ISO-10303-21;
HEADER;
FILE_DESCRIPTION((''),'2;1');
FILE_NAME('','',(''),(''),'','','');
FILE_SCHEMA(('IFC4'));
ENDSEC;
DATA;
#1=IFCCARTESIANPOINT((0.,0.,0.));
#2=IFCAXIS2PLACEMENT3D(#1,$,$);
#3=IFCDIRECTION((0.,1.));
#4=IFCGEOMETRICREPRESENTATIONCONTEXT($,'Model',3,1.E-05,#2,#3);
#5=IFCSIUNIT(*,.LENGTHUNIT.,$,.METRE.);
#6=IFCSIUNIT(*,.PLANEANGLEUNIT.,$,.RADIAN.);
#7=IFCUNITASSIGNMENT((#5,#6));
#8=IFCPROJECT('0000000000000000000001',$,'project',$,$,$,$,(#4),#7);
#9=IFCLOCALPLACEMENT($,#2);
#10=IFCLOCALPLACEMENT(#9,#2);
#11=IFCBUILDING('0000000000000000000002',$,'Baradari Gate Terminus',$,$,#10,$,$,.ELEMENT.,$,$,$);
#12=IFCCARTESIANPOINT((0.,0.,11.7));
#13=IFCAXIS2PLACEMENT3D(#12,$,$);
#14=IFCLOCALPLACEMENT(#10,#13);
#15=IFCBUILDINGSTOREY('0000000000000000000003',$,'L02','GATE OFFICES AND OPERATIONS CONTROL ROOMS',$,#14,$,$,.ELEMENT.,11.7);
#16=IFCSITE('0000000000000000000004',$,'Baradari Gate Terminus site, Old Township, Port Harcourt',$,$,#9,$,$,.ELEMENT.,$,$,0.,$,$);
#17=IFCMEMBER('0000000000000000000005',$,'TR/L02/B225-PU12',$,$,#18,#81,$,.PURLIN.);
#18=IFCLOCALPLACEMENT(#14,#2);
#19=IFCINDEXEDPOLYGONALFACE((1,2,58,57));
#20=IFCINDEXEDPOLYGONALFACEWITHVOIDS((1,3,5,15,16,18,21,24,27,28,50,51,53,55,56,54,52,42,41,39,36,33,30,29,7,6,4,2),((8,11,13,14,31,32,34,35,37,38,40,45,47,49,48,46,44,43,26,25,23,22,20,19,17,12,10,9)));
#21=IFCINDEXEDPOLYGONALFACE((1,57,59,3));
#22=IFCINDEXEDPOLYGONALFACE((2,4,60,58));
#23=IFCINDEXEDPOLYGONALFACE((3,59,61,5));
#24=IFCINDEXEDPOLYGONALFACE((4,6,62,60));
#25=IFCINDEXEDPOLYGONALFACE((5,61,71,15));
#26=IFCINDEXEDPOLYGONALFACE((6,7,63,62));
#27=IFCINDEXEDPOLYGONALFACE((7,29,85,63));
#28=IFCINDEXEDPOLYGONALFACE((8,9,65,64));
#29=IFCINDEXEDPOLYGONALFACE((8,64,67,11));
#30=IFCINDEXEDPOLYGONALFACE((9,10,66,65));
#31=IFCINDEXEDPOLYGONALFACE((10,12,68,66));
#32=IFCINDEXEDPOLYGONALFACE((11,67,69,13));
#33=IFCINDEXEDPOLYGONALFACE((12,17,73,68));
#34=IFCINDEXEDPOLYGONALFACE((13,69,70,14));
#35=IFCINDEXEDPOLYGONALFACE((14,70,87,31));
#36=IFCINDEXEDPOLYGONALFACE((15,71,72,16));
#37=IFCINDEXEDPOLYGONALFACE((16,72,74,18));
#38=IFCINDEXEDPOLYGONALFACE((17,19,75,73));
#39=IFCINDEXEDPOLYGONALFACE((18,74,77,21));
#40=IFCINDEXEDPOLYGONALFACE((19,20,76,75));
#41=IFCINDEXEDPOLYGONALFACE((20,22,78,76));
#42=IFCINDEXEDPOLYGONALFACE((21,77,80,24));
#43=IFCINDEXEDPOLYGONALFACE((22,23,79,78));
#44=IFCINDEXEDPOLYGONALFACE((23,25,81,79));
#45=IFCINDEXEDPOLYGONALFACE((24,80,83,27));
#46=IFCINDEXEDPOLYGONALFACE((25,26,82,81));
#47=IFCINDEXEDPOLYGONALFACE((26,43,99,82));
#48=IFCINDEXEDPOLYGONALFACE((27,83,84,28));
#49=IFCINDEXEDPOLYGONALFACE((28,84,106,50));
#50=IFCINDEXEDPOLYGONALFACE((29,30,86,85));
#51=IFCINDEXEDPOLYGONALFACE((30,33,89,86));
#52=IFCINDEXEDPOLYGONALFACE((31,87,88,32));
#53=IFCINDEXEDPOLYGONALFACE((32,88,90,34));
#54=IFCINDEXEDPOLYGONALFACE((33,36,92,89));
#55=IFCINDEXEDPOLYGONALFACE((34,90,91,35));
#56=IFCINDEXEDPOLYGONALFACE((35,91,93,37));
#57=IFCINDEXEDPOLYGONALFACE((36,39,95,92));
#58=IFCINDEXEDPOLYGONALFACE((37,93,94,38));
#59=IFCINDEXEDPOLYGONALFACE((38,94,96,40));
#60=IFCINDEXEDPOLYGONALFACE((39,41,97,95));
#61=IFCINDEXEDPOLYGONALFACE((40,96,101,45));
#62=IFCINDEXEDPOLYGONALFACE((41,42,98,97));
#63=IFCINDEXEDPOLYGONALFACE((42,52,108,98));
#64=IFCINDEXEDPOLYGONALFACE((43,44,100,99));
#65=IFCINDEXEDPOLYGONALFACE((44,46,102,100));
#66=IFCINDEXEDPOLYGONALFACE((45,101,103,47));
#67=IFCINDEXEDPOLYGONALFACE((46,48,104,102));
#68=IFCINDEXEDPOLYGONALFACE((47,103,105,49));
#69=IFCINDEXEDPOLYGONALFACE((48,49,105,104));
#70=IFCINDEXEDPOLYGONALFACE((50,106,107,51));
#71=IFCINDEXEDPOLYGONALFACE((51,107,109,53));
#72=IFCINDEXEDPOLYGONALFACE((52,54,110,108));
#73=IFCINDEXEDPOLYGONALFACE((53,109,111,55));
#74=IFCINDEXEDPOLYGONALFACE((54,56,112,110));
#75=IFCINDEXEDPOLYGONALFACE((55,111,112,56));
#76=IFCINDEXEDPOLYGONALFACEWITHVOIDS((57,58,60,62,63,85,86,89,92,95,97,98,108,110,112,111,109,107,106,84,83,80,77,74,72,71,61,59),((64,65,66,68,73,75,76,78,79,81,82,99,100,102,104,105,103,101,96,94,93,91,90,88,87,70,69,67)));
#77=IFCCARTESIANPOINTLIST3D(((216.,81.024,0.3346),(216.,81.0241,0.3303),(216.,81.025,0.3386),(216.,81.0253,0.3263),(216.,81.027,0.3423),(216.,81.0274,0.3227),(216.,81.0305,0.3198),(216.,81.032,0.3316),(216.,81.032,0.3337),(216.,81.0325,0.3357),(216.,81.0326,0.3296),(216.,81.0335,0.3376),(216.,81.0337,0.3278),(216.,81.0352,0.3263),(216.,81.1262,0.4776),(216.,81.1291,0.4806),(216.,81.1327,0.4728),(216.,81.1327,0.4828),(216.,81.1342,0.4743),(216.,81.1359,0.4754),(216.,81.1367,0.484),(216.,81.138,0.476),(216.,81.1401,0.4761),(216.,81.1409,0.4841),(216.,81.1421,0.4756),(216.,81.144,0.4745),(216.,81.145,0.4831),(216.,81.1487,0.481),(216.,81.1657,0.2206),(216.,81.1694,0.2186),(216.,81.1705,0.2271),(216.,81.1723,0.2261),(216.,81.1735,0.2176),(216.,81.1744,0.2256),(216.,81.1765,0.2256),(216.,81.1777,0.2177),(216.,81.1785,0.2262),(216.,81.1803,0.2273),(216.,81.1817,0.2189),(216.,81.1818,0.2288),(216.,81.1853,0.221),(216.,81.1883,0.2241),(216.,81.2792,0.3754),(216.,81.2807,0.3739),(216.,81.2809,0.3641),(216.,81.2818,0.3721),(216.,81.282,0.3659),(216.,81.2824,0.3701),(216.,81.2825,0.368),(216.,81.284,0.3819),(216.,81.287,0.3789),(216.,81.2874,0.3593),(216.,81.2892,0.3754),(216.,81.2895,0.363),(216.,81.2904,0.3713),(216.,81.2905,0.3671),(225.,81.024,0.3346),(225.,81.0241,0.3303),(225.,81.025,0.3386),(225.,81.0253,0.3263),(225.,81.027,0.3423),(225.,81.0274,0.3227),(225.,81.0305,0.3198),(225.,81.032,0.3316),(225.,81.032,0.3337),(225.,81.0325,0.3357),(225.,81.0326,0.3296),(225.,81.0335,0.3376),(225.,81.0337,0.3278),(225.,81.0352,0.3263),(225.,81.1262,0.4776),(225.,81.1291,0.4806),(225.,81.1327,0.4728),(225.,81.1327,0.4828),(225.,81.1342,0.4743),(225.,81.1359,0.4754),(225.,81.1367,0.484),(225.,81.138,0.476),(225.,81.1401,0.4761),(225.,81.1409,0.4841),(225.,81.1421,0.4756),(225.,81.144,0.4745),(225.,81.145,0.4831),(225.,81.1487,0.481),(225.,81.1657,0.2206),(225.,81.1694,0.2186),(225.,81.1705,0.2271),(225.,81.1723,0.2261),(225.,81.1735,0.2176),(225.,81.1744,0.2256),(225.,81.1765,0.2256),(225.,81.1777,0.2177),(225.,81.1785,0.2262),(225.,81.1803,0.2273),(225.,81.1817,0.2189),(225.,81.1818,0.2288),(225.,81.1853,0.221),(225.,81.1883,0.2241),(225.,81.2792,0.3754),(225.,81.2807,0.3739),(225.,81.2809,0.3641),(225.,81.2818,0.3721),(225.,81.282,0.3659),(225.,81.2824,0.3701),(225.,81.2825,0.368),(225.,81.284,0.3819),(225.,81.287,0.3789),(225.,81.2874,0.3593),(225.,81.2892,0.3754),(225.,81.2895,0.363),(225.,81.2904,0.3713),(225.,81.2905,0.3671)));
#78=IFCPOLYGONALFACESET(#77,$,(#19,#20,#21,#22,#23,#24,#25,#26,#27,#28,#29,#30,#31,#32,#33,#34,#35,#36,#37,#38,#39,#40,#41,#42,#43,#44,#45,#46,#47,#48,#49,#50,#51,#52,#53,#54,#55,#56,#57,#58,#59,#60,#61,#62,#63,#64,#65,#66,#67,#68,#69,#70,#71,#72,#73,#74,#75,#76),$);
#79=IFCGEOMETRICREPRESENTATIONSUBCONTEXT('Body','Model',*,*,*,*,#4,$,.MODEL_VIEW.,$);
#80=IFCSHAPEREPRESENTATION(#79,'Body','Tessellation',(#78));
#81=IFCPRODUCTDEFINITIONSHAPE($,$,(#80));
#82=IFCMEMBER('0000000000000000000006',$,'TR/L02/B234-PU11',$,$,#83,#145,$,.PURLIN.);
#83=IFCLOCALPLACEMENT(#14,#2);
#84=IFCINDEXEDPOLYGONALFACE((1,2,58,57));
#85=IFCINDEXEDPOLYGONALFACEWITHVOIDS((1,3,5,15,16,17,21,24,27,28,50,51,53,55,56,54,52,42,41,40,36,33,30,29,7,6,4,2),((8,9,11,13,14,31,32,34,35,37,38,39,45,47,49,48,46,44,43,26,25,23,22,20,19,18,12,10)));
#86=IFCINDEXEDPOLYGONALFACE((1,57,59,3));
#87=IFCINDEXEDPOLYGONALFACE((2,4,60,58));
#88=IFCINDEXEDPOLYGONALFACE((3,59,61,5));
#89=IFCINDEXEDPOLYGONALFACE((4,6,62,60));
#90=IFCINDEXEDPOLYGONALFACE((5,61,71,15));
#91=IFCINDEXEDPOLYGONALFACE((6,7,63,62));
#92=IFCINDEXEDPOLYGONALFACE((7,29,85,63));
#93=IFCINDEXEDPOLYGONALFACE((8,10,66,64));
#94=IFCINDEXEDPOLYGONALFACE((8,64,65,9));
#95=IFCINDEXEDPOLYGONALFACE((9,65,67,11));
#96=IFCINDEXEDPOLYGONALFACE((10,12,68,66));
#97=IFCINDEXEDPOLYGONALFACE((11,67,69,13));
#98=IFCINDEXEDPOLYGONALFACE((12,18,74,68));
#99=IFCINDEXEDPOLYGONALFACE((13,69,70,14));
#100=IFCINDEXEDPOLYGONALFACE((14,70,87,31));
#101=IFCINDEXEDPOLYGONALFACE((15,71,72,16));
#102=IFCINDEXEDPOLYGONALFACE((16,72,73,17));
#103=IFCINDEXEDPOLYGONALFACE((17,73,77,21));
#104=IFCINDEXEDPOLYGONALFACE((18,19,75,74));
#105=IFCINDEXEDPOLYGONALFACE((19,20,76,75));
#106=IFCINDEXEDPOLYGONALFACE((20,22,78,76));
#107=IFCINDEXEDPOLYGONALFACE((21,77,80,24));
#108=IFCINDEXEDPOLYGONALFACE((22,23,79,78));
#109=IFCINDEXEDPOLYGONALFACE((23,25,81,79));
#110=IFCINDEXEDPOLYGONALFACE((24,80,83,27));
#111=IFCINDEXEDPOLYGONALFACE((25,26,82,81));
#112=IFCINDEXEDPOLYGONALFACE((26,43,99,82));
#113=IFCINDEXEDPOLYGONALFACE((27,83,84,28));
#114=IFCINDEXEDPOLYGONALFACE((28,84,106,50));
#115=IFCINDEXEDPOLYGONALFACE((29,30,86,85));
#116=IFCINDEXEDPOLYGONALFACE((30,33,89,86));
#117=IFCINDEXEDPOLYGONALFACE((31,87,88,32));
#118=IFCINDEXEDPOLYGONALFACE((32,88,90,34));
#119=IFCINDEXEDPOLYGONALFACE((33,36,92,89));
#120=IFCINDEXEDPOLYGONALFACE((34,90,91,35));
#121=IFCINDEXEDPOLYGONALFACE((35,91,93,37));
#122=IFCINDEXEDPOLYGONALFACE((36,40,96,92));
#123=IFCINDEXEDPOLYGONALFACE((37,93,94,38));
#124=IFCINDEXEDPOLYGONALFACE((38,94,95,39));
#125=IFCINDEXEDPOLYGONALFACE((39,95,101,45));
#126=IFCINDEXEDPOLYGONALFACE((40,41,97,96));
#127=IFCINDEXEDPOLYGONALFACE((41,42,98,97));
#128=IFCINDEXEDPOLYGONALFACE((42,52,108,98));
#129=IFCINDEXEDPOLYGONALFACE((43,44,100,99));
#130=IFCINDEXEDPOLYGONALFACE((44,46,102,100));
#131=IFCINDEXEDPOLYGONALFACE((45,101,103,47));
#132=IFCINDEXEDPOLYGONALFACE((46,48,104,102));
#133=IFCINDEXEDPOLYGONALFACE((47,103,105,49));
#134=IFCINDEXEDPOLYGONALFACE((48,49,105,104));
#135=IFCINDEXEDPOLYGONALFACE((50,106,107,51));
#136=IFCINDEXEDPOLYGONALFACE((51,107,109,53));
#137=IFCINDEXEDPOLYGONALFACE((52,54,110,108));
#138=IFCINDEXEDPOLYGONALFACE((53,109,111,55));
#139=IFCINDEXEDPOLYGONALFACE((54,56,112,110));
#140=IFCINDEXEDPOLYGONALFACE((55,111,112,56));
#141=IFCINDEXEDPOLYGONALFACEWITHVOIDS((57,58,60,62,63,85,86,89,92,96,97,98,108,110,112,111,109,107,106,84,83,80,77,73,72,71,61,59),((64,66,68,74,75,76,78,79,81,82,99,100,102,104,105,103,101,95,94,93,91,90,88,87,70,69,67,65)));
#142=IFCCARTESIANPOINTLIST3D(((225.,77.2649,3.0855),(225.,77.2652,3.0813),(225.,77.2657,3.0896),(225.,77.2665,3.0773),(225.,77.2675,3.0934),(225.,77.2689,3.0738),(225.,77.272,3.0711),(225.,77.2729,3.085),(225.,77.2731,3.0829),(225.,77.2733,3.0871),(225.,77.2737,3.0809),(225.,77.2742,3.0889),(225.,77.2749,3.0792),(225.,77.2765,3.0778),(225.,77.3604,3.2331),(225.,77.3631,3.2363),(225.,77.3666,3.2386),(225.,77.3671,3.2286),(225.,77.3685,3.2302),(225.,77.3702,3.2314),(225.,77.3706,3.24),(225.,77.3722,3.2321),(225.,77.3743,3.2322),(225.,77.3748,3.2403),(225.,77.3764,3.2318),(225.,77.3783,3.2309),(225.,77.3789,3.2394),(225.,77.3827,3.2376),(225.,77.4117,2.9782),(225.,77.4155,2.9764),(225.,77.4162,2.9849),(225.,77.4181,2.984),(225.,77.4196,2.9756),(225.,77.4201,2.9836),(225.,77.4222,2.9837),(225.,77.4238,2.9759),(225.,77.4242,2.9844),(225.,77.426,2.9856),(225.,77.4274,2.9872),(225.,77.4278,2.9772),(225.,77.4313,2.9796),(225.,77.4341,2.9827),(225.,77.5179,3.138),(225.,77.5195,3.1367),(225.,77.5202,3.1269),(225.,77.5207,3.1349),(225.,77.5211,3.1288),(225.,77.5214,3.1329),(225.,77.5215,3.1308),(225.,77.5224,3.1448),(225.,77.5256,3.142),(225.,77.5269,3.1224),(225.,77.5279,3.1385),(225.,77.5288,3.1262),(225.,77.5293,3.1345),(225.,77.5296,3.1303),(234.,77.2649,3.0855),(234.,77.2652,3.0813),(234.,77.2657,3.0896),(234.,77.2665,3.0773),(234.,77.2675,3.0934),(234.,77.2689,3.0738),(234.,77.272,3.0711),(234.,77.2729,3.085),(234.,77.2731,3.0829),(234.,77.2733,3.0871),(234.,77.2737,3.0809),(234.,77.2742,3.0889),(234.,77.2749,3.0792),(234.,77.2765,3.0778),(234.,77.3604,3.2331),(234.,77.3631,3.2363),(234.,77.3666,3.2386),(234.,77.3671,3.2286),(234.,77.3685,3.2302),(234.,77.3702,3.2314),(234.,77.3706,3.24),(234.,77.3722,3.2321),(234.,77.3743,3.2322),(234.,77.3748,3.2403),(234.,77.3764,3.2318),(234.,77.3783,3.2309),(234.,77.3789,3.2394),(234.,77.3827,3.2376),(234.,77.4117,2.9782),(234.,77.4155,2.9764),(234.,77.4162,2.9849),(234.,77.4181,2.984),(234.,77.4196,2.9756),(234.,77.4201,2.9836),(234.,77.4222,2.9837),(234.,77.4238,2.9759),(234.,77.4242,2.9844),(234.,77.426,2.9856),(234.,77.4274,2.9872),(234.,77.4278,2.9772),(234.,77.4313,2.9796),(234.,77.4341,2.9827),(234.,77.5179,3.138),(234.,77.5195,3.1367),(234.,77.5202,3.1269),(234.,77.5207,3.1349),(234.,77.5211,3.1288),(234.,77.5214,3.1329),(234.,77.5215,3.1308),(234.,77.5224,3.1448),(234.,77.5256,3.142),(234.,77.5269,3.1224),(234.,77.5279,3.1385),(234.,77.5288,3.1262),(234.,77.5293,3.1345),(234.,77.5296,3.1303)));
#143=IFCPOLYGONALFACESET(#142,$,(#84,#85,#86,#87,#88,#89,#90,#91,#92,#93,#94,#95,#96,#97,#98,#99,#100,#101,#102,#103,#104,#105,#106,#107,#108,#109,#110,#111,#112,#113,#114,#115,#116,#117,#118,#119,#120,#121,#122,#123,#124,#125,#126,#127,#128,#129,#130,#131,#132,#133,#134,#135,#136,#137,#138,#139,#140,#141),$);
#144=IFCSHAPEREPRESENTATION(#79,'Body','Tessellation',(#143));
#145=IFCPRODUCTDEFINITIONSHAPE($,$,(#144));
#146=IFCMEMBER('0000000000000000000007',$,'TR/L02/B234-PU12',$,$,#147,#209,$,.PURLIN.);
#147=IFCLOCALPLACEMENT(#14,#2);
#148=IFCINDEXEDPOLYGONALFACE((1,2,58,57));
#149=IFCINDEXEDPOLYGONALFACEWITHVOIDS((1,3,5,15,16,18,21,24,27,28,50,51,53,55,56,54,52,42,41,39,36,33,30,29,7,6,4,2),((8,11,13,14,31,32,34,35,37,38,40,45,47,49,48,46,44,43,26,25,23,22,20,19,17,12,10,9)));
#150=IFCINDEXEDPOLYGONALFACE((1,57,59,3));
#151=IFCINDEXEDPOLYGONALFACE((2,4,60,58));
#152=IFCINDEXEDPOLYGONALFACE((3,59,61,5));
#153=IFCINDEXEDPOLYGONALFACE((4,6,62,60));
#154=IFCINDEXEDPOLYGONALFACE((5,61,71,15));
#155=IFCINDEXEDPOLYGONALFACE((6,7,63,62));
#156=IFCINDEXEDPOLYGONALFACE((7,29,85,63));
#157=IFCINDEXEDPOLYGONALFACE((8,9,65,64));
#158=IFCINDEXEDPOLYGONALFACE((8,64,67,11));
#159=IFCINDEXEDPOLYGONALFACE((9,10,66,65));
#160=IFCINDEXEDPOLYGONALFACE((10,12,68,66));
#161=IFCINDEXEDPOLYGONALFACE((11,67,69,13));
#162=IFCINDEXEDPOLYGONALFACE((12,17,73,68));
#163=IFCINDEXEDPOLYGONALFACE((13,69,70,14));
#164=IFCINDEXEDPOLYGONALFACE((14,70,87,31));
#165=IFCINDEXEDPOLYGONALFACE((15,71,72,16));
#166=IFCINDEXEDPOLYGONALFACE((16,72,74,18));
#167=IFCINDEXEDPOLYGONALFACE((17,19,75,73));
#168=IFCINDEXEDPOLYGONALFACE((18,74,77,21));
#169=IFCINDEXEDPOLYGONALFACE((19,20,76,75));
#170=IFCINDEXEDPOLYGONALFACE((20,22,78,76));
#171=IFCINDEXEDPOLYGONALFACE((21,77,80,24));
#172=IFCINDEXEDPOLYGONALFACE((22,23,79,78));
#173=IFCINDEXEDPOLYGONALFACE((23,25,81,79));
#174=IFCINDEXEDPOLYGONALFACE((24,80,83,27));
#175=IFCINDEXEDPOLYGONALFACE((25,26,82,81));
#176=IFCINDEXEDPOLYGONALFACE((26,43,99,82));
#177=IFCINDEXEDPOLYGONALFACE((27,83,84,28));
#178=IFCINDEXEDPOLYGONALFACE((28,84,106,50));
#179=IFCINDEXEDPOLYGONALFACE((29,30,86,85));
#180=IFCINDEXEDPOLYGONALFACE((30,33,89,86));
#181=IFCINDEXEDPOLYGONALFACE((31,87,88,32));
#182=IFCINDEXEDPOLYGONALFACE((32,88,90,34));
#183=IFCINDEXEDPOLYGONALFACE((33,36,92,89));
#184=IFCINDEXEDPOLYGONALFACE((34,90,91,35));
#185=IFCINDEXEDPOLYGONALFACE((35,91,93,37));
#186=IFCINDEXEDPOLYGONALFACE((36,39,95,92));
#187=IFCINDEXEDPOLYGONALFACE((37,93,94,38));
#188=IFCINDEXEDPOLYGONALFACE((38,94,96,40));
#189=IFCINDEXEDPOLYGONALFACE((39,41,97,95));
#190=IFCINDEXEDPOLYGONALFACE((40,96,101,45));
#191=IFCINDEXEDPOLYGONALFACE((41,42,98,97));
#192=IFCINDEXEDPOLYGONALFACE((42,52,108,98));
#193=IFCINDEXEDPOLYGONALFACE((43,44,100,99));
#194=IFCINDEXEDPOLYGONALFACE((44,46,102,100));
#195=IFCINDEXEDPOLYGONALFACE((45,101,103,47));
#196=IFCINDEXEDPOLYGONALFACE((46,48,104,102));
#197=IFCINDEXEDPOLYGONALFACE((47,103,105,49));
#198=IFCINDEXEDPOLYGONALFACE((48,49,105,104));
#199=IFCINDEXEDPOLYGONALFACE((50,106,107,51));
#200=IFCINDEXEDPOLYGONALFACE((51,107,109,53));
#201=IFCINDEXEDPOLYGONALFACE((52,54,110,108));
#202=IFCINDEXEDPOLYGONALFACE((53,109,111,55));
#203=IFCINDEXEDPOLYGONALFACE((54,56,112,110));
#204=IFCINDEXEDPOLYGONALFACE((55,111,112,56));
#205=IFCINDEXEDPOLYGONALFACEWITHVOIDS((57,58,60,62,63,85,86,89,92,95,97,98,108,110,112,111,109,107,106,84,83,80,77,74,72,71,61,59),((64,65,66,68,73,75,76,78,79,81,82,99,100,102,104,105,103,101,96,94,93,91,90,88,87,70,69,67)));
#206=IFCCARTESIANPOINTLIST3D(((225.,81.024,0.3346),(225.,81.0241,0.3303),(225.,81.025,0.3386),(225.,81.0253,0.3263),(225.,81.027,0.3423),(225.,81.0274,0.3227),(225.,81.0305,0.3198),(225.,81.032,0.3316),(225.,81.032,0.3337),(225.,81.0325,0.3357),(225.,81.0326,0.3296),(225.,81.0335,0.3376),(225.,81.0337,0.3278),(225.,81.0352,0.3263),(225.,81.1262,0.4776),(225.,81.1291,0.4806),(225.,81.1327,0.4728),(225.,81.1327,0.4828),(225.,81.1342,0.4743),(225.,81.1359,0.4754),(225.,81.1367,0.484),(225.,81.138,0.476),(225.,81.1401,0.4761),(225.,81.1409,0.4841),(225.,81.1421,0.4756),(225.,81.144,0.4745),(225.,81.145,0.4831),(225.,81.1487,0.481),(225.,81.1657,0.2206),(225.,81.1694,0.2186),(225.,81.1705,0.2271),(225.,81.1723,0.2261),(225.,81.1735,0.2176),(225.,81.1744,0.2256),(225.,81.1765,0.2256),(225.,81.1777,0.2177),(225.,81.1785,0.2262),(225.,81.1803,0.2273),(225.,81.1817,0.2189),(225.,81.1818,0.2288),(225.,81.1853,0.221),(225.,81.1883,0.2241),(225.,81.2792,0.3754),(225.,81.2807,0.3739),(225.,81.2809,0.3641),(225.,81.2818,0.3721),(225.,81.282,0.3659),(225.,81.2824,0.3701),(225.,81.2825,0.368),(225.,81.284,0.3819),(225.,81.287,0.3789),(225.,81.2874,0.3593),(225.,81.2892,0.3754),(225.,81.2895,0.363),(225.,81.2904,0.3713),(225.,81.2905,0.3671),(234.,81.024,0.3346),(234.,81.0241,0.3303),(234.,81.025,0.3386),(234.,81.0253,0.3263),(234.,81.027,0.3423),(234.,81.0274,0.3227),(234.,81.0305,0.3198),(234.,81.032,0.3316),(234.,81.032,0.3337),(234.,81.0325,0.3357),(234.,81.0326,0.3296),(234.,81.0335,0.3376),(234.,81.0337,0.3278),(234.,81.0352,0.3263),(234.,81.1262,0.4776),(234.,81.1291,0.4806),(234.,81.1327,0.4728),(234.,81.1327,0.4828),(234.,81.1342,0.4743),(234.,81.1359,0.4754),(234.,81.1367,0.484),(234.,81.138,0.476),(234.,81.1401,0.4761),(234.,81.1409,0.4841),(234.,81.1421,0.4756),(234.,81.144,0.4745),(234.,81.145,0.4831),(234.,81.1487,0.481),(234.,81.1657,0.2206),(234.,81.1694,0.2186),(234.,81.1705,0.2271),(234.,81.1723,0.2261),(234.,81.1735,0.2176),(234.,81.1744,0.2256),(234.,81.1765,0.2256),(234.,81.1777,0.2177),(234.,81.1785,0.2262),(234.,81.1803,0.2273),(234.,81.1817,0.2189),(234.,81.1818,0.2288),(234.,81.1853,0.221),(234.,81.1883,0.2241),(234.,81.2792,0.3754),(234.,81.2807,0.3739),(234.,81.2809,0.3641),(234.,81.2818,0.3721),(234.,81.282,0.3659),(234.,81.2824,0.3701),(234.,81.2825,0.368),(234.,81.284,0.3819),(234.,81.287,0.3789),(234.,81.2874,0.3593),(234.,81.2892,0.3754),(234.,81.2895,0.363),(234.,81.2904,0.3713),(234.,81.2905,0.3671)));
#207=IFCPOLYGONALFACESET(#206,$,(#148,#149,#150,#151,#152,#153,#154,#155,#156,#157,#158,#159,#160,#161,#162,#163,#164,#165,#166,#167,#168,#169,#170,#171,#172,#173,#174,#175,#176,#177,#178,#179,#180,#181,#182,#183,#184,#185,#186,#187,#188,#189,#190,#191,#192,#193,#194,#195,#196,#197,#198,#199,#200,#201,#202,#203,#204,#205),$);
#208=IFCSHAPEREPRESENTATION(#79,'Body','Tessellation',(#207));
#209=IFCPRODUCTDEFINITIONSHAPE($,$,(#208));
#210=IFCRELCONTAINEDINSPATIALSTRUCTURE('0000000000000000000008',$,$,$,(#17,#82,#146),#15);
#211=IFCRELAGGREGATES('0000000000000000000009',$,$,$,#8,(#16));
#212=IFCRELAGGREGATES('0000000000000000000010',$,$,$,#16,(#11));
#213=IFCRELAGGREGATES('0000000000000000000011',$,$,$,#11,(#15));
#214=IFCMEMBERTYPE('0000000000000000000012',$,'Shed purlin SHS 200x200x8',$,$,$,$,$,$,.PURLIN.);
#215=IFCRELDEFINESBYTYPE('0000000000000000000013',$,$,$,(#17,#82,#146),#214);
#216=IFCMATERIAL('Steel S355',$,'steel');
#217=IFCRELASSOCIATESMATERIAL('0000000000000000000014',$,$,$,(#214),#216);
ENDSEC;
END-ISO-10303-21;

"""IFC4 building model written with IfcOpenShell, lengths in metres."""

from ifc_helpers import new_model, si_unit, direction, frame, origin, origin_2d, place, context, subcontext, project, spatial, hollow_rectangle, extrude, material, material_profile, profile_set, type_object, element, save


model = new_model("IFC4")

# Units and contexts
model_context = context("Model", 3, precision=1e-05, world=origin(), true_north=direction((0.0, 1.0)))
body_context = subcontext(model_context, "Body", "Model", "MODEL_VIEW")
ifc_project = project(units=[si_unit("LENGTHUNIT", "METRE"), si_unit("PLANEANGLEUNIT", "RADIAN")], contexts=[model_context])

# Site, building, storey
site_placement = place(None, origin())
site = spatial("IfcSite", under=ifc_project, at=site_placement, Name="Baradari Gate Terminus site, Old Township, Port Harcourt", CompositionType="ELEMENT", RefElevation=0.0)
building_placement = place(site_placement, origin())
building = spatial("IfcBuilding", under=site, at=building_placement, Name="Baradari Gate Terminus", CompositionType="ELEMENT")
storey_placement = place(building_placement, frame((0.0, 0.0, 11.7)))
storey = spatial("IfcBuildingStorey", under=building, at=storey_placement, Name="L02", Description="GATE OFFICES AND OPERATIONS CONTROL ROOMS", CompositionType="ELEMENT", Elevation=11.7)

# Members
ifc_material_1 = material(Name="Steel S355", Category="steel")
ifc_material_profile_1 = material_profile(ifc_material_1, hollow_rectangle(XDim=0.2, YDim=0.2, WallThickness=0.0081, InnerFilletRadius=0.0081, OuterFilletRadius=0.0161, at=origin_2d()), Name="SHS 200x200x8")
ifc_profile_set_1 = profile_set([ifc_material_profile_1], Name="Steel S355")
member_type_1 = type_object("IfcMemberType", Name="Shed purlin SHS 200x200x8", PredefinedType="PURLIN", material=ifc_profile_set_1)
for number, where, z_axis, x_axis, name in (
    (1, (216.0, 81.1572, 0.3508), (1.0, 0.0, 0.0), (0.0, 0.806405, -0.591364), "TR/L02/B225-PU12"),
    (2, (225.0, 77.3972, 3.1079), (1.0, 0.0, 0.0), (0.0, 0.832836, -0.553519), "TR/L02/B234-PU11"),
    (3, (225.0, 81.1572, 0.3508), (1.0, 0.0, 0.0), (0.0, 0.806405, -0.591364), "TR/L02/B234-PU12"),
):
    element("IfcMember", number, at=place(storey_placement, frame(where, z_axis=z_axis, x_axis=x_axis)), inside=storey, type_object=member_type_1, Name=name, PredefinedType="PURLIN", context=body_context, shape_type="SweptSolid", body=[
        extrude(hollow_rectangle(XDim=0.2, YDim=0.2, WallThickness=0.0081, InnerFilletRadius=0.0081, OuterFilletRadius=0.0161, at=origin_2d()), origin(), (0.0, 0.0, 1.0), 9.0),
    ])

save(model, "model.ifc")
